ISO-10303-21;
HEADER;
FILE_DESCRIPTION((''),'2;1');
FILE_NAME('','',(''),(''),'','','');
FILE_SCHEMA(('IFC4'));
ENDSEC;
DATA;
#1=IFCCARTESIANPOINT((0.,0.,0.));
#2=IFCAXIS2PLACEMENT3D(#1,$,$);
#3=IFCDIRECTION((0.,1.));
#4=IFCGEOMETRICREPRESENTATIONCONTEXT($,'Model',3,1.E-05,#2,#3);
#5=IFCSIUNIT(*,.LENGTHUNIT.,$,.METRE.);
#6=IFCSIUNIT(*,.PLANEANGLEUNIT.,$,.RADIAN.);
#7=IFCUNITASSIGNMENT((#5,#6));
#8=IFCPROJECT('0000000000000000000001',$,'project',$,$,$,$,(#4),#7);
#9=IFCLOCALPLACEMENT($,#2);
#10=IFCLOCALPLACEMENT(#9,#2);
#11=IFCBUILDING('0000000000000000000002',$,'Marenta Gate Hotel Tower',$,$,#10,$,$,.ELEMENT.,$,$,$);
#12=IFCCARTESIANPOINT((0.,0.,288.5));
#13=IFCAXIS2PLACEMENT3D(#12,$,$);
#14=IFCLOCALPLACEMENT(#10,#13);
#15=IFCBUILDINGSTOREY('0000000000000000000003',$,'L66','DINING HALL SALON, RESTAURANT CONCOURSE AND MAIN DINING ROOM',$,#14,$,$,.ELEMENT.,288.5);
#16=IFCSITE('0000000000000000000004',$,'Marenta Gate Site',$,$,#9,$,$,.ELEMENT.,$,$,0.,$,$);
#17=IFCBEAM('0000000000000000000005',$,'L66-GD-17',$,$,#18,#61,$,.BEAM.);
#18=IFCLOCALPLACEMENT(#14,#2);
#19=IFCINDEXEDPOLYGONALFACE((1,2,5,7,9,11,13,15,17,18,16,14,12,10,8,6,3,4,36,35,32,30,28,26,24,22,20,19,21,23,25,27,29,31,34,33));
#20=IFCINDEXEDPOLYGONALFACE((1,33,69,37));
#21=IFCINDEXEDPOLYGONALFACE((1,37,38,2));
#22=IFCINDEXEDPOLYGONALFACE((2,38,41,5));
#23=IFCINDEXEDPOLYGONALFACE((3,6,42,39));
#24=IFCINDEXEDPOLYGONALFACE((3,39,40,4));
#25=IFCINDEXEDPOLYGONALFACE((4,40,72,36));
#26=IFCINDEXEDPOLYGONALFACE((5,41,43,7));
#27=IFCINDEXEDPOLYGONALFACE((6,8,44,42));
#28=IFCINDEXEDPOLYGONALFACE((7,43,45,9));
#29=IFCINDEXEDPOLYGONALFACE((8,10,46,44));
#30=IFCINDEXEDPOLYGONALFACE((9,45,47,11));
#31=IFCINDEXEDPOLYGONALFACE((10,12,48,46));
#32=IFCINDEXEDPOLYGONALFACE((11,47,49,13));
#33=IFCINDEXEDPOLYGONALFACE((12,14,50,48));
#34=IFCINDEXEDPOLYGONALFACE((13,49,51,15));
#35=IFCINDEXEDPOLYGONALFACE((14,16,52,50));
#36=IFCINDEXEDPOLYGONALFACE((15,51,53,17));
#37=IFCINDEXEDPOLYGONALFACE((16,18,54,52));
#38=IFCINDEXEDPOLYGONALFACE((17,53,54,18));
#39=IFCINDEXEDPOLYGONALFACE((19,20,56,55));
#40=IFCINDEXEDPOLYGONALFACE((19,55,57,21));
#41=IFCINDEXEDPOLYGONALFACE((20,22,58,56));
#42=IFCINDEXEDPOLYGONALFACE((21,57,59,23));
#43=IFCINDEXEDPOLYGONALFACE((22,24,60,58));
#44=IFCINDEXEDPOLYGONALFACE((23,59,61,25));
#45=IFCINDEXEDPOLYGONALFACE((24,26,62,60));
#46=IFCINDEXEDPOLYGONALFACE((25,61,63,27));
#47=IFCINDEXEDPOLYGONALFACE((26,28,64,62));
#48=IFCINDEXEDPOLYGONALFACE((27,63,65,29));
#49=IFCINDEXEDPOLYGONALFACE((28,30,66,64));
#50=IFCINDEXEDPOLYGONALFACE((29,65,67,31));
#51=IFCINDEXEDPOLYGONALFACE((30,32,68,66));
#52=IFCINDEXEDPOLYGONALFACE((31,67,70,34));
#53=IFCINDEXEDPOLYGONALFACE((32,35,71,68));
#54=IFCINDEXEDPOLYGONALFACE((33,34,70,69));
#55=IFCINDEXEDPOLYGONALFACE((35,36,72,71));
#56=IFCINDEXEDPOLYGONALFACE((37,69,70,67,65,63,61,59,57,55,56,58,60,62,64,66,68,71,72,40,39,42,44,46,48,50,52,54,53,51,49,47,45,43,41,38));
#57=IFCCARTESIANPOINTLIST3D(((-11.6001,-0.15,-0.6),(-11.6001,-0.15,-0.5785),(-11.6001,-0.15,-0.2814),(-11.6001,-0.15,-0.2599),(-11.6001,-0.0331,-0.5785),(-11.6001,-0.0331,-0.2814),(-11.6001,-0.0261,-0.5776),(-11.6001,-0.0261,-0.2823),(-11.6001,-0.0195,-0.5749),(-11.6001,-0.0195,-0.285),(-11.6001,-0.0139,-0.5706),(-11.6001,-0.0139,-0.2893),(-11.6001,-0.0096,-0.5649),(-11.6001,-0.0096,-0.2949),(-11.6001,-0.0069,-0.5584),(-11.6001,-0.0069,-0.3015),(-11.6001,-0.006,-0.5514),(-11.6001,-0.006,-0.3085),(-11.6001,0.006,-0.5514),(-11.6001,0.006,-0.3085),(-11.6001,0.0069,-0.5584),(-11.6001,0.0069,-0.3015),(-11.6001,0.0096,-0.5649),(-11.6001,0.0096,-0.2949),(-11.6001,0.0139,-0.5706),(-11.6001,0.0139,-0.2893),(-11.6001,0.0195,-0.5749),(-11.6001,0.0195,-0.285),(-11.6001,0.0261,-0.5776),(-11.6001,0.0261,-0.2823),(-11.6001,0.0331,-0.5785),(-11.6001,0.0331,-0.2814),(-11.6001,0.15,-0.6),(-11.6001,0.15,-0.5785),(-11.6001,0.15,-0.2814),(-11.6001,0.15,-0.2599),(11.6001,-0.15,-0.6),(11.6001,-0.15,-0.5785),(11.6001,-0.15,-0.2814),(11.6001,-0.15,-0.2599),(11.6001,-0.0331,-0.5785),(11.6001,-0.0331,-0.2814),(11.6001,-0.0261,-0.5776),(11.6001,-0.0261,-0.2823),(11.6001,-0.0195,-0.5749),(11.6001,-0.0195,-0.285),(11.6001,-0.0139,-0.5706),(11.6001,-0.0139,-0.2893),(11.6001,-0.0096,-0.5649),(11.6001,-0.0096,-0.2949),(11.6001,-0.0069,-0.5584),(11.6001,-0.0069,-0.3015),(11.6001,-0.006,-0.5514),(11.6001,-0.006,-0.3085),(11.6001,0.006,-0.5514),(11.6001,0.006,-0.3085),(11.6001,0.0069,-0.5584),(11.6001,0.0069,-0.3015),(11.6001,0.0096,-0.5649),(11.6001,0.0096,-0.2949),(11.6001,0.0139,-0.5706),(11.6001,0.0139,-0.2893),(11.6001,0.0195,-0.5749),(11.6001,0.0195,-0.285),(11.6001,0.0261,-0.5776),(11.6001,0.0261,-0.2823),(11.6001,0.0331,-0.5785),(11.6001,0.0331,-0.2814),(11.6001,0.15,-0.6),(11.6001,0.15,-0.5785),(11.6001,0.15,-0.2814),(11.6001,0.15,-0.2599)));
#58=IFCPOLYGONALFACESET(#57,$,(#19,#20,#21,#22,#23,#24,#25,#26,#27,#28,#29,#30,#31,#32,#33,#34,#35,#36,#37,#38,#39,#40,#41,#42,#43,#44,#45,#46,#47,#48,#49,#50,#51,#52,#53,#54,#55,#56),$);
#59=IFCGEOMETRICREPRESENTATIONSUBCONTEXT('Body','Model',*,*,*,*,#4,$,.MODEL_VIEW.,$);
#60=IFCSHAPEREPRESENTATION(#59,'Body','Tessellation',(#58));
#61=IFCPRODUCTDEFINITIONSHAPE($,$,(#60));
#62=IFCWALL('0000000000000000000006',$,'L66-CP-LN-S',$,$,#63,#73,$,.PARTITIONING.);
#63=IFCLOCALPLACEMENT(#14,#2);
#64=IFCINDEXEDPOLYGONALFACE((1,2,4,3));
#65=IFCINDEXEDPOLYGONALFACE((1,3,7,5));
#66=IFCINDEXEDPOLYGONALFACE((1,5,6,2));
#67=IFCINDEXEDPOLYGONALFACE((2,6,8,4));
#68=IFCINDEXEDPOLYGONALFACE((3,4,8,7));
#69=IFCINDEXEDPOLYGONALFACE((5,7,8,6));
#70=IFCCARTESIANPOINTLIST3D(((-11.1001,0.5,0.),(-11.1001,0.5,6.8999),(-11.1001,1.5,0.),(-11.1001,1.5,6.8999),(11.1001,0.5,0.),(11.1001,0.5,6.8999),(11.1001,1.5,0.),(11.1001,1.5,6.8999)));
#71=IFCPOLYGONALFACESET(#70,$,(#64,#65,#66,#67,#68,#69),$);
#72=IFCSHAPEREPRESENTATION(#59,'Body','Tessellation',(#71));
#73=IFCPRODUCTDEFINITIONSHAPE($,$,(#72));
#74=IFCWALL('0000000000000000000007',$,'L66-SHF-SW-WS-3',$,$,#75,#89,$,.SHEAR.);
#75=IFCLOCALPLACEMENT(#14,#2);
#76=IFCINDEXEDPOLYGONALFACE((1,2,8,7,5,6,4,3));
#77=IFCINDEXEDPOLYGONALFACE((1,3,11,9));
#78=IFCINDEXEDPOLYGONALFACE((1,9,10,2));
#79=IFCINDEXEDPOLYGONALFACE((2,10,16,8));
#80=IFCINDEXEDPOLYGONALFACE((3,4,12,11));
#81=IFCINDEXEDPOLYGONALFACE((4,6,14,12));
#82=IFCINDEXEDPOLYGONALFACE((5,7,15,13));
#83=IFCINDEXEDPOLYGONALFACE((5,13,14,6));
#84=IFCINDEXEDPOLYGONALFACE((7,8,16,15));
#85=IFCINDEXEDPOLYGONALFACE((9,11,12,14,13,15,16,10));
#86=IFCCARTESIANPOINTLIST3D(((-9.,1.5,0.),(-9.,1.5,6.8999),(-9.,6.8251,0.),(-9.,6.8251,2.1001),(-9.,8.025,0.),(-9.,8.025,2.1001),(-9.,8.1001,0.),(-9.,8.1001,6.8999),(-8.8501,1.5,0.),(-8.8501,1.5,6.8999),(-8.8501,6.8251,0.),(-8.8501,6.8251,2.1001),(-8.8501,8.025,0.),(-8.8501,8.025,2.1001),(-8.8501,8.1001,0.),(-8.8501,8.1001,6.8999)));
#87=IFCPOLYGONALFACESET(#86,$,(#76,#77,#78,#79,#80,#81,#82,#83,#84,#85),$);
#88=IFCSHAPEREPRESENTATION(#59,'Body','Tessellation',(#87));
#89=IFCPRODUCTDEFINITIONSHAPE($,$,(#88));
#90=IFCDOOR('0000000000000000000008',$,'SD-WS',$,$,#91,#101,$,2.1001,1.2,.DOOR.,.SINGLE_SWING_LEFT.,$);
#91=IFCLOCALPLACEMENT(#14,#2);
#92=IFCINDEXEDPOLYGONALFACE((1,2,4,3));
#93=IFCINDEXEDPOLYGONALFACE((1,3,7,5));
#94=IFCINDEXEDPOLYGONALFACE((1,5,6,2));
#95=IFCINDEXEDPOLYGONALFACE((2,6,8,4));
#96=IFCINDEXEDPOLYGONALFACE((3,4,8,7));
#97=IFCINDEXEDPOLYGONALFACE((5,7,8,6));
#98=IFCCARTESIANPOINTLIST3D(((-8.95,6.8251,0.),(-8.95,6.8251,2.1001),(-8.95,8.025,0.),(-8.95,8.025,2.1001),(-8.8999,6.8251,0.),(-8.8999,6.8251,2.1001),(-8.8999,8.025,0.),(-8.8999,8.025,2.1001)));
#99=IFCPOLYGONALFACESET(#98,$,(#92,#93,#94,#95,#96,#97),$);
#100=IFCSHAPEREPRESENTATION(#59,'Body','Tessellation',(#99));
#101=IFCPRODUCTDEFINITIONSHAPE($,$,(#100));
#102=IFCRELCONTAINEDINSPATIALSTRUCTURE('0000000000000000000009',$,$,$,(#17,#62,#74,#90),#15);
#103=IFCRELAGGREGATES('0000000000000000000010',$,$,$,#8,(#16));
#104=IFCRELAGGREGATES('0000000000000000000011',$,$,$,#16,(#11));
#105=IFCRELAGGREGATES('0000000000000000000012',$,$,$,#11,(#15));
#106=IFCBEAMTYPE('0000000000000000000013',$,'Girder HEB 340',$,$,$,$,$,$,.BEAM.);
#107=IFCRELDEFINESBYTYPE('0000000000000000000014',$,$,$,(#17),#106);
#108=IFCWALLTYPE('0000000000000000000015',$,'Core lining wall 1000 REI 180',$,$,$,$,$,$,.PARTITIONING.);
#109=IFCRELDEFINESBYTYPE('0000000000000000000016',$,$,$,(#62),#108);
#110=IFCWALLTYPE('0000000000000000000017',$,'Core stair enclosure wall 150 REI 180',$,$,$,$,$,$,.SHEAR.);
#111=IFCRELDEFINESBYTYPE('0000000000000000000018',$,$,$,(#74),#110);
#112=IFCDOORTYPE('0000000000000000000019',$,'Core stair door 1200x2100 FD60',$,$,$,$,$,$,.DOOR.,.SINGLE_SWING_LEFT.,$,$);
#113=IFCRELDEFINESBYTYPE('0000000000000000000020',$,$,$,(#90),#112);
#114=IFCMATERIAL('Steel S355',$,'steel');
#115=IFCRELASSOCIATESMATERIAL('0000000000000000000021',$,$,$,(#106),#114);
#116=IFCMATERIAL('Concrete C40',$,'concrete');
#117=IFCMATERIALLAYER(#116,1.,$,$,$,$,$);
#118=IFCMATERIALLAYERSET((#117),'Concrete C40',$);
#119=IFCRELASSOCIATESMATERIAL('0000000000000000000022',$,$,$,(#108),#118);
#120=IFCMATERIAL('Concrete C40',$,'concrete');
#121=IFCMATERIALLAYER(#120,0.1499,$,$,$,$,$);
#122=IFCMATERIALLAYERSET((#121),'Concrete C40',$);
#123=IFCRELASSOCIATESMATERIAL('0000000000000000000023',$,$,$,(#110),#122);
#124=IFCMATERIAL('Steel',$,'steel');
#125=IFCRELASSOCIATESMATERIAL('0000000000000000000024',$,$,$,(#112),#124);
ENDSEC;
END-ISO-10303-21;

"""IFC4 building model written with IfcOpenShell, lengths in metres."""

from ifc_helpers import new_model, si_unit, direction, frame, frame_2d, origin, origin_2d, place, context, subcontext, project, spatial, rectangle, i_section, extrude, material, layer, layer_set, material_profile, profile_set, type_object, element, fill, save


model = new_model("IFC4")

# Units and contexts
model_context = context("Model", 3, precision=1e-05, world=origin(), true_north=direction((0.0, 1.0)))
body_context = subcontext(model_context, "Body", "Model", "MODEL_VIEW")
ifc_project = project(units=[si_unit("LENGTHUNIT", "METRE"), si_unit("PLANEANGLEUNIT", "RADIAN")], contexts=[model_context])

# Site, building, storey
site_placement = place(None, origin())
site = spatial("IfcSite", under=ifc_project, at=site_placement, Name="Marenta Gate Site", CompositionType="ELEMENT", RefElevation=0.0)
building_placement = place(site_placement, origin())
building = spatial("IfcBuilding", under=site, at=building_placement, Name="Marenta Gate Hotel Tower", CompositionType="ELEMENT")
storey_placement = place(building_placement, frame((0.0, 0.0, 288.5)))
storey = spatial("IfcBuildingStorey", under=building, at=storey_placement, Name="L66", Description="DINING HALL SALON, RESTAURANT CONCOURSE AND MAIN DINING ROOM", CompositionType="ELEMENT", Elevation=288.5)

# Beam
ifc_material_1 = material(Name="Steel S355", Category="steel")
ifc_material_profile = material_profile(ifc_material_1, i_section(OverallWidth=0.3, OverallDepth=0.3401, WebThickness=0.012, FlangeThickness=0.0215, FilletRadius=0.0271, at=origin_2d()), Name="HEB 340")
ifc_profile_set = profile_set([ifc_material_profile], Name="Steel S355")
beam_type = type_object("IfcBeamType", Name="Girder HEB 340", PredefinedType="BEAM", material=ifc_profile_set)
beam_placement = place(storey_placement, frame((-11.6001, 0.0, -0.4299), z_axis=(1.0, 0.0, 0.0), x_axis=(0.0, 1.0, 0.0)))
element("IfcBeam", 1, at=beam_placement, inside=storey, type_object=beam_type, Name="L66-GD-17", PredefinedType="BEAM", context=body_context, shape_type="SweptSolid", body=[
    extrude(i_section(OverallWidth=0.3, OverallDepth=0.3401, WebThickness=0.012, FlangeThickness=0.0215, FilletRadius=0.0271, at=origin_2d()), origin(), (0.0, 0.0, 1.0), 23.2002),
])

# Wall
ifc_material_2 = material(Name="Concrete C40", Category="concrete")
ifc_layer_1 = layer(ifc_material_2, 1.0)
ifc_layer_set_1 = layer_set([ifc_layer_1], Name="Concrete C40")
wall_type_1 = type_object("IfcWallType", Name="Core lining wall 1000 REI 180", PredefinedType="PARTITIONING", material=ifc_layer_set_1)
wall_1_placement = place(storey_placement, frame((-11.1001, 1.0, 0.0), z_axis=(0.0, 0.0, 1.0), x_axis=(1.0, 0.0, 0.0)))
element("IfcWall", 2, at=wall_1_placement, inside=storey, type_object=wall_type_1, Name="L66-CP-LN-S", PredefinedType="PARTITIONING", context=body_context, shape_type="SweptSolid", body=[
    extrude(rectangle(XDim=22.2002, YDim=1.0, at=frame_2d((11.1001, 0.0))), origin(), (0.0, 0.0, 1.0), 6.8999),
])

# Wall, opening, door
ifc_material_3 = material(Name="Concrete C40", Category="concrete")
ifc_layer_2 = layer(ifc_material_3, 0.1499)
ifc_layer_set_2 = layer_set([ifc_layer_2], Name="Concrete C40")
wall_type_2 = type_object("IfcWallType", Name="Core stair enclosure wall 150 REI 180", PredefinedType="SHEAR", material=ifc_layer_set_2)
wall_2_placement = place(storey_placement, frame((-8.925, 1.5, 0.0), z_axis=(0.0, 0.0, 1.0), x_axis=(0.0, 1.0, 0.0)))
wall_2 = element("IfcWall", 3, at=wall_2_placement, inside=storey, type_object=wall_type_2, Name="L66-SHF-SW-WS-3", PredefinedType="SHEAR", context=body_context, shape_type="SweptSolid", body=[
    extrude(rectangle(XDim=6.6001, YDim=0.1499, at=frame_2d((3.3, 0.0))), origin(), (0.0, 0.0, 1.0), 6.8999),
])
opening_1_placement = place(wall_2_placement, frame((5.325, 0.0, 0.0)))
opening_1 = element("IfcOpeningElement", 4, at=opening_1_placement, cuts=wall_2, PredefinedType="OPENING", context=body_context, shape_type="SweptSolid", body=[
    extrude(rectangle(XDim=1.2, YDim=2.1001, at=frame_2d((0.6001, 1.05))), frame((0.0, 0.075, 0.0), z_axis=(0.0, -1.0, 0.0), x_axis=(1.0, 0.0, 0.0)), (0.0, 0.0, 1.0), 0.1499),
])
ifc_material_4 = material(Name="Steel", Category="steel")
door_type_1 = type_object("IfcDoorType", Name="Core stair door 1200x2100 FD60", OperationType="SINGLE_SWING_LEFT", PredefinedType="DOOR", material=ifc_material_4)
door_1_placement = place(opening_1_placement, origin())
door_1 = element("IfcDoor", 5, at=door_1_placement, inside=storey, type_object=door_type_1, Name="SD-WS", OperationType="SINGLE_SWING_LEFT", OverallHeight=2.1001, OverallWidth=1.2, PredefinedType="DOOR", context=body_context, shape_type="SweptSolid", body=[
    extrude(rectangle(XDim=1.2, YDim=2.1001, at=frame_2d((0.6001, 1.05))), frame((0.0, 0.0249, 0.0), z_axis=(0.0, -1.0, 0.0), x_axis=(1.0, 0.0, 0.0)), (0.0, 0.0, 1.0), 0.05),
])
fill(opening_1, door_1)

save(model, "model.ifc")
